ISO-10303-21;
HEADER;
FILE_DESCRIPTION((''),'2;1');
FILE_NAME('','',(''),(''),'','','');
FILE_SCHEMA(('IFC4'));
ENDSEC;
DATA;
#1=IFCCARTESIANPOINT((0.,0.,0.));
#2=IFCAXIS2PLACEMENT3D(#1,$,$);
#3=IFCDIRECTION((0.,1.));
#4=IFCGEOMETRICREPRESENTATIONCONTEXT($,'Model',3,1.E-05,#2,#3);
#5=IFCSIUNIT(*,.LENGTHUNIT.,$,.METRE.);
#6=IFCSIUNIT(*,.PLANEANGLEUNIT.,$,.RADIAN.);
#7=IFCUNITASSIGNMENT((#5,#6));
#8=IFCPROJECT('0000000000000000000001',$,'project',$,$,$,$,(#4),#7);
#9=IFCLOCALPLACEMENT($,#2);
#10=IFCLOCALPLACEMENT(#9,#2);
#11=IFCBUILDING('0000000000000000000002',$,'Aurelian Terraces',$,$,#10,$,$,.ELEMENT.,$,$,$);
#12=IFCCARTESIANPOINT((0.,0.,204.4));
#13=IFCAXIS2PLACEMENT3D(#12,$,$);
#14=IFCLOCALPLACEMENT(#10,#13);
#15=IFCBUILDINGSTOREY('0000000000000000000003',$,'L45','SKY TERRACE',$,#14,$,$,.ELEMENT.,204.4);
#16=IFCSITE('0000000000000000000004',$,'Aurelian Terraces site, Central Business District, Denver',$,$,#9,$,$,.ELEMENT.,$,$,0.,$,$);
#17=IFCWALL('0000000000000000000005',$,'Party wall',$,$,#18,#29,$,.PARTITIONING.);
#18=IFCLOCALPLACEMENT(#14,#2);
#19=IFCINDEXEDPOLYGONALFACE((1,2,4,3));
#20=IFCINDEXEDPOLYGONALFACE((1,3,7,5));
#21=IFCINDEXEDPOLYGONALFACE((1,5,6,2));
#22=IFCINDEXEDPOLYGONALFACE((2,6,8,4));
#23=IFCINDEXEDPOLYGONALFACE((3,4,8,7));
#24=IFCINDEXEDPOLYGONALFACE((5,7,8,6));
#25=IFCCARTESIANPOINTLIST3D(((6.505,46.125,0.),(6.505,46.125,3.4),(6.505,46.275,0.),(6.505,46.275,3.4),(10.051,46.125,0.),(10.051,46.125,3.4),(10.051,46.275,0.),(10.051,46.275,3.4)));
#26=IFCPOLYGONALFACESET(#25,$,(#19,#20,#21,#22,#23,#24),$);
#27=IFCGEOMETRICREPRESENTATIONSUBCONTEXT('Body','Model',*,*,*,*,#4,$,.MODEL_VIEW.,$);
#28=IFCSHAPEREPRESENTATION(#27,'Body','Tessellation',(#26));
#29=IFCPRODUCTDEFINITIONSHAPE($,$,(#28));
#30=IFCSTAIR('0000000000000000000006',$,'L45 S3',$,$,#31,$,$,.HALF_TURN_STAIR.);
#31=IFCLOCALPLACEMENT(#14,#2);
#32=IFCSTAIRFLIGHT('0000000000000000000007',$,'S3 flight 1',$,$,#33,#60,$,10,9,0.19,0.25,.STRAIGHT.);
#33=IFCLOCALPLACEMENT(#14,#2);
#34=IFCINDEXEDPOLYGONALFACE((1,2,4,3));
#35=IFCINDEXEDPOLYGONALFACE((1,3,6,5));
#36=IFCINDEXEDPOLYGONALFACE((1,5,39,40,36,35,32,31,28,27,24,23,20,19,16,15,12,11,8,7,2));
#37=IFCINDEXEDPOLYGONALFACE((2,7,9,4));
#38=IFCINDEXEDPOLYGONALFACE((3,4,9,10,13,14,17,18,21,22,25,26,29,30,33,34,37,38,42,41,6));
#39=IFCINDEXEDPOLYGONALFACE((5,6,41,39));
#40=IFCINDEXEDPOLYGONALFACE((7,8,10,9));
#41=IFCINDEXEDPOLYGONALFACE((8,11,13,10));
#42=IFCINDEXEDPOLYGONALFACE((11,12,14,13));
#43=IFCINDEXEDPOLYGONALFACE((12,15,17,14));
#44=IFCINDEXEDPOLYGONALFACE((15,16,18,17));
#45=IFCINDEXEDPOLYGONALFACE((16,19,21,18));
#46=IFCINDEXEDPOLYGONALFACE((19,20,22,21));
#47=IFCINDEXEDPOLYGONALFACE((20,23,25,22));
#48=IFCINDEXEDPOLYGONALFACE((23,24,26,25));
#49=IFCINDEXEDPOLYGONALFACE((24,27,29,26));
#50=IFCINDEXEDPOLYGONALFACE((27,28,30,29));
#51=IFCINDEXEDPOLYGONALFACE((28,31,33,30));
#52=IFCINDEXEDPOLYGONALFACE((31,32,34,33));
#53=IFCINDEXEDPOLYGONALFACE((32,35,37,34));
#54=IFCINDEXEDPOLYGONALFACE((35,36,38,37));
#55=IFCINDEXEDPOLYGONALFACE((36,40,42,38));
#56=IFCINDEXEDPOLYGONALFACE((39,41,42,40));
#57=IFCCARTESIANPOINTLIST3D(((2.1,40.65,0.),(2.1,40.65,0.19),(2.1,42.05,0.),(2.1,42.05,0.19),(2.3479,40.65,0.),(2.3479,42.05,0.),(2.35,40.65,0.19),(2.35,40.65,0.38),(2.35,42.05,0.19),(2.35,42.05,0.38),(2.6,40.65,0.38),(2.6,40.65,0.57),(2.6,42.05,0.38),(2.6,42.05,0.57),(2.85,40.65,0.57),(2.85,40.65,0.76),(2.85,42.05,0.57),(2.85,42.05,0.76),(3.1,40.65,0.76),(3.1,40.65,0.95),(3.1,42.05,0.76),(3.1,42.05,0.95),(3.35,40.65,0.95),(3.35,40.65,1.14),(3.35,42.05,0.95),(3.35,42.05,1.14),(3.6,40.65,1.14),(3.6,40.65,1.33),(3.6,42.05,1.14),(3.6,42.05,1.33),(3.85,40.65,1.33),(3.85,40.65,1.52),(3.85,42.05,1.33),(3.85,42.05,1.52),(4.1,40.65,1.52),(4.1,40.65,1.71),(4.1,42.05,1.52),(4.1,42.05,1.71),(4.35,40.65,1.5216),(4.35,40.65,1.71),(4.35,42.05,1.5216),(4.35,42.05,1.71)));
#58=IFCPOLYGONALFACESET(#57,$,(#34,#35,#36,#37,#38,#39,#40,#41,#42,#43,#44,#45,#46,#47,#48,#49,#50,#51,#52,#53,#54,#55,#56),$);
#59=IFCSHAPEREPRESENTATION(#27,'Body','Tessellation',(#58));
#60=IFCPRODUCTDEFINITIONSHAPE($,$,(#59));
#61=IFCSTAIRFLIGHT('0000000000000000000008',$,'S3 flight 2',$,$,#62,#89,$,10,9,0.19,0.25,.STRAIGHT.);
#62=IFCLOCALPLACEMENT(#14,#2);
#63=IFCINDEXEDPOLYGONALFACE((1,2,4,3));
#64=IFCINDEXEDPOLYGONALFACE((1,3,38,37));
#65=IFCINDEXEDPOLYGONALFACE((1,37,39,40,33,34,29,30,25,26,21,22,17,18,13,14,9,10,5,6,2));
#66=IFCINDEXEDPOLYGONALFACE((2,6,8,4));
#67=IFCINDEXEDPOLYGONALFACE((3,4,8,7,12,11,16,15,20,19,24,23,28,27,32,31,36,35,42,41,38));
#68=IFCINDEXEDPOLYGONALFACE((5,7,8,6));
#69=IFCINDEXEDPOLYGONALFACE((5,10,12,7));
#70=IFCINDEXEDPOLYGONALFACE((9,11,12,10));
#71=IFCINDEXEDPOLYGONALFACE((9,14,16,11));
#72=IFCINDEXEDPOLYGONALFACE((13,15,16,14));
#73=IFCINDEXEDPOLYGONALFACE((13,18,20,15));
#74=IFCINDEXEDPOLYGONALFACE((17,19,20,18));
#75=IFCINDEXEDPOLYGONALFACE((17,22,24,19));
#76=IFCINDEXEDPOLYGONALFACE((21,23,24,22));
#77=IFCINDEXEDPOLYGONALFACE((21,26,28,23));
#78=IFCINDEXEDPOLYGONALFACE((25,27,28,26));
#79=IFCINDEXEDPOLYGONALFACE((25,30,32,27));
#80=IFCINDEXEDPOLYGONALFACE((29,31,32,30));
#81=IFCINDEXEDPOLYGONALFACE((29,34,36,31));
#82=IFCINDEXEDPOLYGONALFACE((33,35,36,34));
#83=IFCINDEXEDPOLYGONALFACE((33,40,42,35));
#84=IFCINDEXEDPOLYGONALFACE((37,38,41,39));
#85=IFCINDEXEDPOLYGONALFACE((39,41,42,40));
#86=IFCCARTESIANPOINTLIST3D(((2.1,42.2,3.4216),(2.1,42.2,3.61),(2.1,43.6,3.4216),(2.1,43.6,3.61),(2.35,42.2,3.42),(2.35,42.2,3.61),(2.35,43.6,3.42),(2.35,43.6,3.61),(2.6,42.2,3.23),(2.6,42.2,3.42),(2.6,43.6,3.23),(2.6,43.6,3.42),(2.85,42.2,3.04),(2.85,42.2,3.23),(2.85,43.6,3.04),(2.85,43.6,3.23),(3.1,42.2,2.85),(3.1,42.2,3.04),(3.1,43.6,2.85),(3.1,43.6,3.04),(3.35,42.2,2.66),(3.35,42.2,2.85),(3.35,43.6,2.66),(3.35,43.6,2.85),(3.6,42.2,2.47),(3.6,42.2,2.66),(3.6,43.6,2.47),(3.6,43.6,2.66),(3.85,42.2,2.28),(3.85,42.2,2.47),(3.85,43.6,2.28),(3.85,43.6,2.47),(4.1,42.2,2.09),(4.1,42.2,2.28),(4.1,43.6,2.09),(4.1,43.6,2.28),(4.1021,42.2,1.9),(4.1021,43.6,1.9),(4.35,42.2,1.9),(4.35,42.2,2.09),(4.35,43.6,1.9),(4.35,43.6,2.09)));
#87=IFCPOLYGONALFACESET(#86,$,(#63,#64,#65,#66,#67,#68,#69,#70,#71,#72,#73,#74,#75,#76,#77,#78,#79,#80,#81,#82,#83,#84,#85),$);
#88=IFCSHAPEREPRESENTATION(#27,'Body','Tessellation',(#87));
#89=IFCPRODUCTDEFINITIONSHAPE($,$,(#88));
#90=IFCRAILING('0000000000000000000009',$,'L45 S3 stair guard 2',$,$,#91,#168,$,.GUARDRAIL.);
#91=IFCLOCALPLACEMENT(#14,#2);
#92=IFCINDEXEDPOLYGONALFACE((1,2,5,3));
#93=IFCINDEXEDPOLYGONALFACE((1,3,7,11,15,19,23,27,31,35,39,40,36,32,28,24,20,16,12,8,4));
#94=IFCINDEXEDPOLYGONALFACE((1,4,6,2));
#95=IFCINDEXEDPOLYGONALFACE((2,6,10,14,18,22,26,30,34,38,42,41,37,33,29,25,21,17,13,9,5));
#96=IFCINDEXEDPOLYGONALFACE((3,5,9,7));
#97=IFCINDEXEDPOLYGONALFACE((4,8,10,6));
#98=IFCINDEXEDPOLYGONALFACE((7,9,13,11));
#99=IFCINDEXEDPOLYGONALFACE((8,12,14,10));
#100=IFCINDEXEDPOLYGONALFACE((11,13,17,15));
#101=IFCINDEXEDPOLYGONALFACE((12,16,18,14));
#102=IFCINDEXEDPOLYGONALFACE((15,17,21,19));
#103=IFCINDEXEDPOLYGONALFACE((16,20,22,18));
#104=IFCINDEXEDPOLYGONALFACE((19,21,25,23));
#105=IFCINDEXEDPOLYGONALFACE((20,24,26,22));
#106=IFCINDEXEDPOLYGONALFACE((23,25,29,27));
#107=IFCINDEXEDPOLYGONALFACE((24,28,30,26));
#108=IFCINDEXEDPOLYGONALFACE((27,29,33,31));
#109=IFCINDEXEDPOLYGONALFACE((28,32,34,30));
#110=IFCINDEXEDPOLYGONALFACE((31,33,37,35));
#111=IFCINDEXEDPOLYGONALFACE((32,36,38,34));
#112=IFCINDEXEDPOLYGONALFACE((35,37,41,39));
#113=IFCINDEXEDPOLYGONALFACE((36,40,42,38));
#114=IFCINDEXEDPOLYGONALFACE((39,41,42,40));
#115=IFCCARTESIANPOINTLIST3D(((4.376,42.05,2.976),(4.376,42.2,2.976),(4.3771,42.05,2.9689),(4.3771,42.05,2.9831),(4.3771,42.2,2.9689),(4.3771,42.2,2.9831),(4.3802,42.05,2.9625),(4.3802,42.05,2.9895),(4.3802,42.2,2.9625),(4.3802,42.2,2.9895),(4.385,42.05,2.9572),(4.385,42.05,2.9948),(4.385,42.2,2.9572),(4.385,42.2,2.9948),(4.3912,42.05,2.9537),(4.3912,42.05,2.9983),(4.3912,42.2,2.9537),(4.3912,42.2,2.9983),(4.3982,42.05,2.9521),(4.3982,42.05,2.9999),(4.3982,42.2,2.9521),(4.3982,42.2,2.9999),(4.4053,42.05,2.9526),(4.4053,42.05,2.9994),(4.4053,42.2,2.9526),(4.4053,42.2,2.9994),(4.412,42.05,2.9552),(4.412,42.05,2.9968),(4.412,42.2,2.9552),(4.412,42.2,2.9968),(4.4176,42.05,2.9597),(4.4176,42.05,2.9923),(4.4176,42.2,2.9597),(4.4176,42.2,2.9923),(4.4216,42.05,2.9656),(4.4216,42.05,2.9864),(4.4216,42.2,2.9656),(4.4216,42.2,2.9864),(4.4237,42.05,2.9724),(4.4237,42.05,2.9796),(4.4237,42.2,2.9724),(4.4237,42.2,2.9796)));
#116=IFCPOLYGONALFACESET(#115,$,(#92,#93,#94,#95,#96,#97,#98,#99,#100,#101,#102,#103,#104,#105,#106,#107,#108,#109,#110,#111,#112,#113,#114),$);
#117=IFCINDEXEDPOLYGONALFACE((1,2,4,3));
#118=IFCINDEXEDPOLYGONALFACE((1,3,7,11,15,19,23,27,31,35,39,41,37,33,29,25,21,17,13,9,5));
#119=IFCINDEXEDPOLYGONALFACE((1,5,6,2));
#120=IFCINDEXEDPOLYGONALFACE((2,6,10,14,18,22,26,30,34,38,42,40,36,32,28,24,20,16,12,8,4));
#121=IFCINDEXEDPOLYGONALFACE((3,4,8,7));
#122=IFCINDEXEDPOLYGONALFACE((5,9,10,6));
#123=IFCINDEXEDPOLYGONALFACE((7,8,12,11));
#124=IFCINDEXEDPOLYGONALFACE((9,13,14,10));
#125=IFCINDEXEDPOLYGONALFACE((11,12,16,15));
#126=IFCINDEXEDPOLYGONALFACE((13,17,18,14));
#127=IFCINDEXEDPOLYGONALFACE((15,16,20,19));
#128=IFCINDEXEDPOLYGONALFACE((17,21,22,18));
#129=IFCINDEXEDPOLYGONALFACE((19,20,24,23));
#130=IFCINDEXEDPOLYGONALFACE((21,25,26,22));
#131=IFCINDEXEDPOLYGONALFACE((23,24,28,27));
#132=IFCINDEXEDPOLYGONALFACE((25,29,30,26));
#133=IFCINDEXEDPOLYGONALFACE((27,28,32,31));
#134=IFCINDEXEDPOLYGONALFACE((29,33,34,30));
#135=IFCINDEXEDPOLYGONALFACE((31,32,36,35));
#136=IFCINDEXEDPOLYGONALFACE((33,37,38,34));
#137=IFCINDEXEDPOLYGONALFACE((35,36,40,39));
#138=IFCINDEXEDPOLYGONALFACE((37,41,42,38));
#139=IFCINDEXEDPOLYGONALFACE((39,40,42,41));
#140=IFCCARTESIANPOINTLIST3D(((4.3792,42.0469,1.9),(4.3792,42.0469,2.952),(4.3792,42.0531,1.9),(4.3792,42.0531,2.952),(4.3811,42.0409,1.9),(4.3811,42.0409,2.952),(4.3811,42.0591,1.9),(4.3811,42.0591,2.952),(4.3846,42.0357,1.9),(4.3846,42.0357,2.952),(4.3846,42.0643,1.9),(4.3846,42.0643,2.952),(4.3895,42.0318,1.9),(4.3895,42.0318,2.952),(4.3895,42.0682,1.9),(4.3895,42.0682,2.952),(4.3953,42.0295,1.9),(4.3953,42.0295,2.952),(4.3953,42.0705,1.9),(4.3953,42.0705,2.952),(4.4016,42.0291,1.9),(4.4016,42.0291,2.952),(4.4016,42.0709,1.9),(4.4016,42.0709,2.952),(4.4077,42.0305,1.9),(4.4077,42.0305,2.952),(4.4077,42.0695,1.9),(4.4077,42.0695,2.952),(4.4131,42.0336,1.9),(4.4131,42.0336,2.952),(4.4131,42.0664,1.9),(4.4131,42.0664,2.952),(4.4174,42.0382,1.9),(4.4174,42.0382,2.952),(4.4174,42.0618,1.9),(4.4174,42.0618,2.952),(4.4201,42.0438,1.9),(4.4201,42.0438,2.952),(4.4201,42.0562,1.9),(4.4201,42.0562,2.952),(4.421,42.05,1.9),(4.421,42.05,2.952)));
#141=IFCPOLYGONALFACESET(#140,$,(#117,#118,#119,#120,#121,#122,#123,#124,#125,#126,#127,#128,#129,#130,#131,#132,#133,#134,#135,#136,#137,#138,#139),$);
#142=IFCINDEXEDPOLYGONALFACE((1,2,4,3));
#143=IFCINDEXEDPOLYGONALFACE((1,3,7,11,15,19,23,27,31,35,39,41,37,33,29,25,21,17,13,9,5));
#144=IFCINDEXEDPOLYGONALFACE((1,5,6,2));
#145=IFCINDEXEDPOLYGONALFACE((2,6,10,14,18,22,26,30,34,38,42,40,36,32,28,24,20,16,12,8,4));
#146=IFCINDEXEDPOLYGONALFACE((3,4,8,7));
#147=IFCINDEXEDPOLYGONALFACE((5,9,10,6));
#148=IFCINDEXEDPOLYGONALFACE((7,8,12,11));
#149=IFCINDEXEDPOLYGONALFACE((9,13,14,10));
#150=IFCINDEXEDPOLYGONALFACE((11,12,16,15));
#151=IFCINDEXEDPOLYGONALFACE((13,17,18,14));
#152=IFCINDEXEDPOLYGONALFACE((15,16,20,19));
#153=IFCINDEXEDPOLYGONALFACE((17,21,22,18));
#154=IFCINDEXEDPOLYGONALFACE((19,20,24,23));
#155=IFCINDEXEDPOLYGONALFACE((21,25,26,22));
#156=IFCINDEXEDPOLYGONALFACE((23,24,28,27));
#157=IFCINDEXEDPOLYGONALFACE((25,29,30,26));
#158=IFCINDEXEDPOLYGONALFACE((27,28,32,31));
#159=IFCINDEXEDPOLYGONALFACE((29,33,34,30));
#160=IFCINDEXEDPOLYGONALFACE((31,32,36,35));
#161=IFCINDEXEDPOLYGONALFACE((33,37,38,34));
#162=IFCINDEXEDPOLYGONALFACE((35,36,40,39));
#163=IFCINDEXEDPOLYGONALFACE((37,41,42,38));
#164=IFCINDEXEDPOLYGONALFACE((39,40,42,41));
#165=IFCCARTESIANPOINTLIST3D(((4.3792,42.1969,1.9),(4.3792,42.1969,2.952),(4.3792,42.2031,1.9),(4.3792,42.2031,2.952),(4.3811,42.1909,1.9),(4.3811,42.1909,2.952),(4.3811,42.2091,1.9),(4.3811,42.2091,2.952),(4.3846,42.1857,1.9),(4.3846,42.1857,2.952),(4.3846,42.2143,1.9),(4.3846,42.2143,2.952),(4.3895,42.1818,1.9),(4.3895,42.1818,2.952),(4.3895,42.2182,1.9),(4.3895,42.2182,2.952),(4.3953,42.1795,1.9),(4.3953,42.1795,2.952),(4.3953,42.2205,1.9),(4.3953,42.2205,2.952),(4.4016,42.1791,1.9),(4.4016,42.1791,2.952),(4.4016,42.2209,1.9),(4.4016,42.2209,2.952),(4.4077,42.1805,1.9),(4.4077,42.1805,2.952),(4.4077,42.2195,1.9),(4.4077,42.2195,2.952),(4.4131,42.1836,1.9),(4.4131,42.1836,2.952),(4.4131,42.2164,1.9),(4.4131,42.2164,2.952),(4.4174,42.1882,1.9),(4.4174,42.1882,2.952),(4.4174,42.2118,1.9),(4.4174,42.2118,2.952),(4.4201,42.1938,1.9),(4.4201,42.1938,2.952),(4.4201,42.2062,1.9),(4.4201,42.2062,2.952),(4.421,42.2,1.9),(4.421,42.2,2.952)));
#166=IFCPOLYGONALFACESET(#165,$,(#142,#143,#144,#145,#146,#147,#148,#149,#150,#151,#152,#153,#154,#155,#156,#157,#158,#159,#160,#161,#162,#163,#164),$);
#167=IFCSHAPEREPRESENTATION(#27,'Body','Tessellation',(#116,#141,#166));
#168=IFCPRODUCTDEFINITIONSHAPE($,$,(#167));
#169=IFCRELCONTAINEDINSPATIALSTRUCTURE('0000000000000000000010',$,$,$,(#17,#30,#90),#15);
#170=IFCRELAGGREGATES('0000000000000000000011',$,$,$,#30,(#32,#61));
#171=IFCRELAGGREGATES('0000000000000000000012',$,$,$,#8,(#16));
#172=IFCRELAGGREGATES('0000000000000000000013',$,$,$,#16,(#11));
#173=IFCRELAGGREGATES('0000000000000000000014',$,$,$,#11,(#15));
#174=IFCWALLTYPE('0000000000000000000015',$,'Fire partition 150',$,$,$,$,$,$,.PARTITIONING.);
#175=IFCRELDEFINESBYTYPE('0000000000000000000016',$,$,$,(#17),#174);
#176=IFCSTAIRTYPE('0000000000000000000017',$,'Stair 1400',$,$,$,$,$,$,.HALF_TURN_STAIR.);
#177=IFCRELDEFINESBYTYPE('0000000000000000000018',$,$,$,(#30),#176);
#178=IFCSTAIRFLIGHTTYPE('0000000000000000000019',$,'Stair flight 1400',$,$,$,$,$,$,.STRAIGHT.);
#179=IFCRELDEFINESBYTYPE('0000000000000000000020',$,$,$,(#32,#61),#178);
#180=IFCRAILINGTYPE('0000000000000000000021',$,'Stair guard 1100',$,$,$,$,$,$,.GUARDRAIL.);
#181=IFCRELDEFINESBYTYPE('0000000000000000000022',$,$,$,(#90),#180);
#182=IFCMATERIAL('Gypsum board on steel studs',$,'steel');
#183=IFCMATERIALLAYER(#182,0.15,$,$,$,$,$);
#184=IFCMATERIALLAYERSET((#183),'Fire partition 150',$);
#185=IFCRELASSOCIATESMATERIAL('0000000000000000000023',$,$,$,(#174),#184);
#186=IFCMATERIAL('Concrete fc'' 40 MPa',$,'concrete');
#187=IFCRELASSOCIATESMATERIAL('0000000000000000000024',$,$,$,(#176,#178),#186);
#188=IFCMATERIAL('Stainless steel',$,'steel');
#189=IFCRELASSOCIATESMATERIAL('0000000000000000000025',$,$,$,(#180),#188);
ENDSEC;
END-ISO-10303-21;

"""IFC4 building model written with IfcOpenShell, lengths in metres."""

from ifc_helpers import new_model, si_unit, direction, frame, frame_2d, origin, origin_2d, place, context, subcontext, project, spatial, polyline, rectangle, circle, outline, extrude, source, transform, mapped, material, layer, layer_set, type_object, element, aggregate, save


model = new_model("IFC4")

# Units and contexts
model_context = context("Model", 3, precision=1e-05, world=origin(), true_north=direction((0.0, 1.0)))
body_context = subcontext(model_context, "Body", "Model", "MODEL_VIEW")
ifc_project = project(units=[si_unit("LENGTHUNIT", "METRE"), si_unit("PLANEANGLEUNIT", "RADIAN")], contexts=[model_context])

# Site, building, storey
site_placement = place(None, origin())
site = spatial("IfcSite", under=ifc_project, at=site_placement, Name="Aurelian Terraces site, Central Business District, Denver", CompositionType="ELEMENT", RefElevation=0.0)
building_placement = place(site_placement, origin())
building = spatial("IfcBuilding", under=site, at=building_placement, Name="Aurelian Terraces", CompositionType="ELEMENT")
storey_placement = place(building_placement, frame((0.0, 0.0, 204.4)))
storey = spatial("IfcBuildingStorey", under=building, at=storey_placement, Name="L45", Description="SKY TERRACE", CompositionType="ELEMENT", Elevation=204.4)

# Shared definitions
ifc_material_1 = material(Name="Concrete fc' 40 MPa", Category="concrete")

# Shared definitions
ifc_material_2 = material(Name="Gypsum board on steel studs", Category="steel")

# Wall
ifc_layer_1 = layer(ifc_material_2, 0.15)
ifc_layer_set_1 = layer_set([ifc_layer_1], Name="Fire partition 150")
wall_type_1 = type_object("IfcWallType", Name="Fire partition 150", PredefinedType="PARTITIONING", material=ifc_layer_set_1)
shared_shape_1 = source(origin(), body_context, "Body", "SweptSolid", [
    extrude(rectangle(XDim=3.546, YDim=0.15, at=frame_2d((1.773, 0.0))), origin(), (0.0, 0.0, 1.0), 3.4),
])
wall_1_placement = place(storey_placement, frame((10.051, 46.2, 0.0), z_axis=(0.0, 0.0, 1.0), x_axis=(-1.0, 0.0, 0.0)))
element("IfcWall", 1, at=wall_1_placement, inside=storey, type_object=wall_type_1, Name="Party wall", PredefinedType="PARTITIONING", context=body_context, shape_type="MappedRepresentation", body=[
    mapped(shared_shape_1, transform((0.0, 0.0, 0.0), scale=1.0)),
])

# Stair, stair flights
stair_type = type_object("IfcStairType", Name="Stair 1400", PredefinedType="HALF_TURN_STAIR", material=ifc_material_1)
stair_placement = place(storey_placement, origin())
stair = element("IfcStair", 2, at=stair_placement, inside=storey, type_object=stair_type, Name="L45 S3", PredefinedType="HALF_TURN_STAIR")
stair_flight_type = type_object("IfcStairFlightType", Name="Stair flight 1400", PredefinedType="STRAIGHT", material=ifc_material_1)
shared_shape_2 = source(origin(), body_context, "Body", "SweptSolid", [
    extrude(outline(polyline([(0.0, 0.0), (0.0, 0.19), (0.25, 0.19), (0.25, 0.38), (0.5, 0.38), (0.5, 0.57), (0.75, 0.57), (0.75, 0.76), (1.0, 0.76), (1.0, 0.95), (1.25, 0.95), (1.25, 1.14), (1.5, 1.14), (1.5, 1.33), (1.75, 1.33), (1.75, 1.52), (2.0, 1.52), (2.0, 1.71), (2.25, 1.71), (2.25, 1.9), (2.25, 1.5216), (0.2479, 0.0), (0.0, 0.0)])), frame((0.0, 0.7, 0.0), z_axis=(0.0, -1.0, 0.0), x_axis=(1.0, 0.0, 0.0)), (0.0, 0.0, 1.0), 1.4),
])
stair_flight_1_placement = place(storey_placement, frame((2.1, 41.35, 0.0), z_axis=(0.0, 0.0, 1.0), x_axis=(1.0, 0.0, 0.0)))
stair_flight_1 = element("IfcStairFlight", 3, at=stair_flight_1_placement, type_object=stair_flight_type, Name="S3 flight 1", NumberOfRisers=10, NumberOfTreads=9, PredefinedType="STRAIGHT", RiserHeight=0.19, TreadLength=0.25, context=body_context, shape_type="MappedRepresentation", body=[
    mapped(shared_shape_2, transform((0.0, 0.0, 0.0), scale=1.0)),
])
stair_flight_2_placement = place(storey_placement, frame((4.35, 42.9, 1.9), z_axis=(0.0, 0.0, 1.0), x_axis=(-1.0, 0.0, 0.0)))
stair_flight_2 = element("IfcStairFlight", 4, at=stair_flight_2_placement, type_object=stair_flight_type, Name="S3 flight 2", NumberOfRisers=10, NumberOfTreads=9, PredefinedType="STRAIGHT", RiserHeight=0.19, TreadLength=0.25, context=body_context, shape_type="MappedRepresentation", body=[
    mapped(shared_shape_2, transform((0.0, 0.0, 0.0), scale=1.0)),
])
aggregate(stair, [stair_flight_1, stair_flight_2])

# Railing
ifc_material_3 = material(Name="Stainless steel", Category="steel")
railing_type_1 = type_object("IfcRailingType", Name="Stair guard 1100", PredefinedType="GUARDRAIL", material=ifc_material_3)
shared_shape_3 = source(origin(), body_context, "Body", "SweptSolid", [
    extrude(circle(Radius=0.024, at=origin_2d()), frame((0.0, 0.0, 1.076), z_axis=(0.0, 1.0, 0.0), x_axis=(-1.0, 0.0, 0.0)), (0.0, 0.0, 1.0), 0.15),
    extrude(circle(Radius=0.021, at=origin_2d()), origin(), (0.0, 0.0, 1.0), 1.052),
    extrude(circle(Radius=0.021, at=origin_2d()), frame((0.0, 0.15, 0.0)), (0.0, 0.0, 1.0), 1.052),
])
for number, where, name in (
    (5, (4.4, 42.05, 1.9), "L45 S3 stair guard 2"),
):
    element("IfcRailing", number, at=place(storey_placement, frame(where)), inside=storey, type_object=railing_type_1, Name=name, PredefinedType="GUARDRAIL", context=body_context, shape_type="MappedRepresentation", body=[
        mapped(shared_shape_3, transform((0.0, 0.0, 0.0), scale=1.0)),
    ])

save(model, "model.ifc")
